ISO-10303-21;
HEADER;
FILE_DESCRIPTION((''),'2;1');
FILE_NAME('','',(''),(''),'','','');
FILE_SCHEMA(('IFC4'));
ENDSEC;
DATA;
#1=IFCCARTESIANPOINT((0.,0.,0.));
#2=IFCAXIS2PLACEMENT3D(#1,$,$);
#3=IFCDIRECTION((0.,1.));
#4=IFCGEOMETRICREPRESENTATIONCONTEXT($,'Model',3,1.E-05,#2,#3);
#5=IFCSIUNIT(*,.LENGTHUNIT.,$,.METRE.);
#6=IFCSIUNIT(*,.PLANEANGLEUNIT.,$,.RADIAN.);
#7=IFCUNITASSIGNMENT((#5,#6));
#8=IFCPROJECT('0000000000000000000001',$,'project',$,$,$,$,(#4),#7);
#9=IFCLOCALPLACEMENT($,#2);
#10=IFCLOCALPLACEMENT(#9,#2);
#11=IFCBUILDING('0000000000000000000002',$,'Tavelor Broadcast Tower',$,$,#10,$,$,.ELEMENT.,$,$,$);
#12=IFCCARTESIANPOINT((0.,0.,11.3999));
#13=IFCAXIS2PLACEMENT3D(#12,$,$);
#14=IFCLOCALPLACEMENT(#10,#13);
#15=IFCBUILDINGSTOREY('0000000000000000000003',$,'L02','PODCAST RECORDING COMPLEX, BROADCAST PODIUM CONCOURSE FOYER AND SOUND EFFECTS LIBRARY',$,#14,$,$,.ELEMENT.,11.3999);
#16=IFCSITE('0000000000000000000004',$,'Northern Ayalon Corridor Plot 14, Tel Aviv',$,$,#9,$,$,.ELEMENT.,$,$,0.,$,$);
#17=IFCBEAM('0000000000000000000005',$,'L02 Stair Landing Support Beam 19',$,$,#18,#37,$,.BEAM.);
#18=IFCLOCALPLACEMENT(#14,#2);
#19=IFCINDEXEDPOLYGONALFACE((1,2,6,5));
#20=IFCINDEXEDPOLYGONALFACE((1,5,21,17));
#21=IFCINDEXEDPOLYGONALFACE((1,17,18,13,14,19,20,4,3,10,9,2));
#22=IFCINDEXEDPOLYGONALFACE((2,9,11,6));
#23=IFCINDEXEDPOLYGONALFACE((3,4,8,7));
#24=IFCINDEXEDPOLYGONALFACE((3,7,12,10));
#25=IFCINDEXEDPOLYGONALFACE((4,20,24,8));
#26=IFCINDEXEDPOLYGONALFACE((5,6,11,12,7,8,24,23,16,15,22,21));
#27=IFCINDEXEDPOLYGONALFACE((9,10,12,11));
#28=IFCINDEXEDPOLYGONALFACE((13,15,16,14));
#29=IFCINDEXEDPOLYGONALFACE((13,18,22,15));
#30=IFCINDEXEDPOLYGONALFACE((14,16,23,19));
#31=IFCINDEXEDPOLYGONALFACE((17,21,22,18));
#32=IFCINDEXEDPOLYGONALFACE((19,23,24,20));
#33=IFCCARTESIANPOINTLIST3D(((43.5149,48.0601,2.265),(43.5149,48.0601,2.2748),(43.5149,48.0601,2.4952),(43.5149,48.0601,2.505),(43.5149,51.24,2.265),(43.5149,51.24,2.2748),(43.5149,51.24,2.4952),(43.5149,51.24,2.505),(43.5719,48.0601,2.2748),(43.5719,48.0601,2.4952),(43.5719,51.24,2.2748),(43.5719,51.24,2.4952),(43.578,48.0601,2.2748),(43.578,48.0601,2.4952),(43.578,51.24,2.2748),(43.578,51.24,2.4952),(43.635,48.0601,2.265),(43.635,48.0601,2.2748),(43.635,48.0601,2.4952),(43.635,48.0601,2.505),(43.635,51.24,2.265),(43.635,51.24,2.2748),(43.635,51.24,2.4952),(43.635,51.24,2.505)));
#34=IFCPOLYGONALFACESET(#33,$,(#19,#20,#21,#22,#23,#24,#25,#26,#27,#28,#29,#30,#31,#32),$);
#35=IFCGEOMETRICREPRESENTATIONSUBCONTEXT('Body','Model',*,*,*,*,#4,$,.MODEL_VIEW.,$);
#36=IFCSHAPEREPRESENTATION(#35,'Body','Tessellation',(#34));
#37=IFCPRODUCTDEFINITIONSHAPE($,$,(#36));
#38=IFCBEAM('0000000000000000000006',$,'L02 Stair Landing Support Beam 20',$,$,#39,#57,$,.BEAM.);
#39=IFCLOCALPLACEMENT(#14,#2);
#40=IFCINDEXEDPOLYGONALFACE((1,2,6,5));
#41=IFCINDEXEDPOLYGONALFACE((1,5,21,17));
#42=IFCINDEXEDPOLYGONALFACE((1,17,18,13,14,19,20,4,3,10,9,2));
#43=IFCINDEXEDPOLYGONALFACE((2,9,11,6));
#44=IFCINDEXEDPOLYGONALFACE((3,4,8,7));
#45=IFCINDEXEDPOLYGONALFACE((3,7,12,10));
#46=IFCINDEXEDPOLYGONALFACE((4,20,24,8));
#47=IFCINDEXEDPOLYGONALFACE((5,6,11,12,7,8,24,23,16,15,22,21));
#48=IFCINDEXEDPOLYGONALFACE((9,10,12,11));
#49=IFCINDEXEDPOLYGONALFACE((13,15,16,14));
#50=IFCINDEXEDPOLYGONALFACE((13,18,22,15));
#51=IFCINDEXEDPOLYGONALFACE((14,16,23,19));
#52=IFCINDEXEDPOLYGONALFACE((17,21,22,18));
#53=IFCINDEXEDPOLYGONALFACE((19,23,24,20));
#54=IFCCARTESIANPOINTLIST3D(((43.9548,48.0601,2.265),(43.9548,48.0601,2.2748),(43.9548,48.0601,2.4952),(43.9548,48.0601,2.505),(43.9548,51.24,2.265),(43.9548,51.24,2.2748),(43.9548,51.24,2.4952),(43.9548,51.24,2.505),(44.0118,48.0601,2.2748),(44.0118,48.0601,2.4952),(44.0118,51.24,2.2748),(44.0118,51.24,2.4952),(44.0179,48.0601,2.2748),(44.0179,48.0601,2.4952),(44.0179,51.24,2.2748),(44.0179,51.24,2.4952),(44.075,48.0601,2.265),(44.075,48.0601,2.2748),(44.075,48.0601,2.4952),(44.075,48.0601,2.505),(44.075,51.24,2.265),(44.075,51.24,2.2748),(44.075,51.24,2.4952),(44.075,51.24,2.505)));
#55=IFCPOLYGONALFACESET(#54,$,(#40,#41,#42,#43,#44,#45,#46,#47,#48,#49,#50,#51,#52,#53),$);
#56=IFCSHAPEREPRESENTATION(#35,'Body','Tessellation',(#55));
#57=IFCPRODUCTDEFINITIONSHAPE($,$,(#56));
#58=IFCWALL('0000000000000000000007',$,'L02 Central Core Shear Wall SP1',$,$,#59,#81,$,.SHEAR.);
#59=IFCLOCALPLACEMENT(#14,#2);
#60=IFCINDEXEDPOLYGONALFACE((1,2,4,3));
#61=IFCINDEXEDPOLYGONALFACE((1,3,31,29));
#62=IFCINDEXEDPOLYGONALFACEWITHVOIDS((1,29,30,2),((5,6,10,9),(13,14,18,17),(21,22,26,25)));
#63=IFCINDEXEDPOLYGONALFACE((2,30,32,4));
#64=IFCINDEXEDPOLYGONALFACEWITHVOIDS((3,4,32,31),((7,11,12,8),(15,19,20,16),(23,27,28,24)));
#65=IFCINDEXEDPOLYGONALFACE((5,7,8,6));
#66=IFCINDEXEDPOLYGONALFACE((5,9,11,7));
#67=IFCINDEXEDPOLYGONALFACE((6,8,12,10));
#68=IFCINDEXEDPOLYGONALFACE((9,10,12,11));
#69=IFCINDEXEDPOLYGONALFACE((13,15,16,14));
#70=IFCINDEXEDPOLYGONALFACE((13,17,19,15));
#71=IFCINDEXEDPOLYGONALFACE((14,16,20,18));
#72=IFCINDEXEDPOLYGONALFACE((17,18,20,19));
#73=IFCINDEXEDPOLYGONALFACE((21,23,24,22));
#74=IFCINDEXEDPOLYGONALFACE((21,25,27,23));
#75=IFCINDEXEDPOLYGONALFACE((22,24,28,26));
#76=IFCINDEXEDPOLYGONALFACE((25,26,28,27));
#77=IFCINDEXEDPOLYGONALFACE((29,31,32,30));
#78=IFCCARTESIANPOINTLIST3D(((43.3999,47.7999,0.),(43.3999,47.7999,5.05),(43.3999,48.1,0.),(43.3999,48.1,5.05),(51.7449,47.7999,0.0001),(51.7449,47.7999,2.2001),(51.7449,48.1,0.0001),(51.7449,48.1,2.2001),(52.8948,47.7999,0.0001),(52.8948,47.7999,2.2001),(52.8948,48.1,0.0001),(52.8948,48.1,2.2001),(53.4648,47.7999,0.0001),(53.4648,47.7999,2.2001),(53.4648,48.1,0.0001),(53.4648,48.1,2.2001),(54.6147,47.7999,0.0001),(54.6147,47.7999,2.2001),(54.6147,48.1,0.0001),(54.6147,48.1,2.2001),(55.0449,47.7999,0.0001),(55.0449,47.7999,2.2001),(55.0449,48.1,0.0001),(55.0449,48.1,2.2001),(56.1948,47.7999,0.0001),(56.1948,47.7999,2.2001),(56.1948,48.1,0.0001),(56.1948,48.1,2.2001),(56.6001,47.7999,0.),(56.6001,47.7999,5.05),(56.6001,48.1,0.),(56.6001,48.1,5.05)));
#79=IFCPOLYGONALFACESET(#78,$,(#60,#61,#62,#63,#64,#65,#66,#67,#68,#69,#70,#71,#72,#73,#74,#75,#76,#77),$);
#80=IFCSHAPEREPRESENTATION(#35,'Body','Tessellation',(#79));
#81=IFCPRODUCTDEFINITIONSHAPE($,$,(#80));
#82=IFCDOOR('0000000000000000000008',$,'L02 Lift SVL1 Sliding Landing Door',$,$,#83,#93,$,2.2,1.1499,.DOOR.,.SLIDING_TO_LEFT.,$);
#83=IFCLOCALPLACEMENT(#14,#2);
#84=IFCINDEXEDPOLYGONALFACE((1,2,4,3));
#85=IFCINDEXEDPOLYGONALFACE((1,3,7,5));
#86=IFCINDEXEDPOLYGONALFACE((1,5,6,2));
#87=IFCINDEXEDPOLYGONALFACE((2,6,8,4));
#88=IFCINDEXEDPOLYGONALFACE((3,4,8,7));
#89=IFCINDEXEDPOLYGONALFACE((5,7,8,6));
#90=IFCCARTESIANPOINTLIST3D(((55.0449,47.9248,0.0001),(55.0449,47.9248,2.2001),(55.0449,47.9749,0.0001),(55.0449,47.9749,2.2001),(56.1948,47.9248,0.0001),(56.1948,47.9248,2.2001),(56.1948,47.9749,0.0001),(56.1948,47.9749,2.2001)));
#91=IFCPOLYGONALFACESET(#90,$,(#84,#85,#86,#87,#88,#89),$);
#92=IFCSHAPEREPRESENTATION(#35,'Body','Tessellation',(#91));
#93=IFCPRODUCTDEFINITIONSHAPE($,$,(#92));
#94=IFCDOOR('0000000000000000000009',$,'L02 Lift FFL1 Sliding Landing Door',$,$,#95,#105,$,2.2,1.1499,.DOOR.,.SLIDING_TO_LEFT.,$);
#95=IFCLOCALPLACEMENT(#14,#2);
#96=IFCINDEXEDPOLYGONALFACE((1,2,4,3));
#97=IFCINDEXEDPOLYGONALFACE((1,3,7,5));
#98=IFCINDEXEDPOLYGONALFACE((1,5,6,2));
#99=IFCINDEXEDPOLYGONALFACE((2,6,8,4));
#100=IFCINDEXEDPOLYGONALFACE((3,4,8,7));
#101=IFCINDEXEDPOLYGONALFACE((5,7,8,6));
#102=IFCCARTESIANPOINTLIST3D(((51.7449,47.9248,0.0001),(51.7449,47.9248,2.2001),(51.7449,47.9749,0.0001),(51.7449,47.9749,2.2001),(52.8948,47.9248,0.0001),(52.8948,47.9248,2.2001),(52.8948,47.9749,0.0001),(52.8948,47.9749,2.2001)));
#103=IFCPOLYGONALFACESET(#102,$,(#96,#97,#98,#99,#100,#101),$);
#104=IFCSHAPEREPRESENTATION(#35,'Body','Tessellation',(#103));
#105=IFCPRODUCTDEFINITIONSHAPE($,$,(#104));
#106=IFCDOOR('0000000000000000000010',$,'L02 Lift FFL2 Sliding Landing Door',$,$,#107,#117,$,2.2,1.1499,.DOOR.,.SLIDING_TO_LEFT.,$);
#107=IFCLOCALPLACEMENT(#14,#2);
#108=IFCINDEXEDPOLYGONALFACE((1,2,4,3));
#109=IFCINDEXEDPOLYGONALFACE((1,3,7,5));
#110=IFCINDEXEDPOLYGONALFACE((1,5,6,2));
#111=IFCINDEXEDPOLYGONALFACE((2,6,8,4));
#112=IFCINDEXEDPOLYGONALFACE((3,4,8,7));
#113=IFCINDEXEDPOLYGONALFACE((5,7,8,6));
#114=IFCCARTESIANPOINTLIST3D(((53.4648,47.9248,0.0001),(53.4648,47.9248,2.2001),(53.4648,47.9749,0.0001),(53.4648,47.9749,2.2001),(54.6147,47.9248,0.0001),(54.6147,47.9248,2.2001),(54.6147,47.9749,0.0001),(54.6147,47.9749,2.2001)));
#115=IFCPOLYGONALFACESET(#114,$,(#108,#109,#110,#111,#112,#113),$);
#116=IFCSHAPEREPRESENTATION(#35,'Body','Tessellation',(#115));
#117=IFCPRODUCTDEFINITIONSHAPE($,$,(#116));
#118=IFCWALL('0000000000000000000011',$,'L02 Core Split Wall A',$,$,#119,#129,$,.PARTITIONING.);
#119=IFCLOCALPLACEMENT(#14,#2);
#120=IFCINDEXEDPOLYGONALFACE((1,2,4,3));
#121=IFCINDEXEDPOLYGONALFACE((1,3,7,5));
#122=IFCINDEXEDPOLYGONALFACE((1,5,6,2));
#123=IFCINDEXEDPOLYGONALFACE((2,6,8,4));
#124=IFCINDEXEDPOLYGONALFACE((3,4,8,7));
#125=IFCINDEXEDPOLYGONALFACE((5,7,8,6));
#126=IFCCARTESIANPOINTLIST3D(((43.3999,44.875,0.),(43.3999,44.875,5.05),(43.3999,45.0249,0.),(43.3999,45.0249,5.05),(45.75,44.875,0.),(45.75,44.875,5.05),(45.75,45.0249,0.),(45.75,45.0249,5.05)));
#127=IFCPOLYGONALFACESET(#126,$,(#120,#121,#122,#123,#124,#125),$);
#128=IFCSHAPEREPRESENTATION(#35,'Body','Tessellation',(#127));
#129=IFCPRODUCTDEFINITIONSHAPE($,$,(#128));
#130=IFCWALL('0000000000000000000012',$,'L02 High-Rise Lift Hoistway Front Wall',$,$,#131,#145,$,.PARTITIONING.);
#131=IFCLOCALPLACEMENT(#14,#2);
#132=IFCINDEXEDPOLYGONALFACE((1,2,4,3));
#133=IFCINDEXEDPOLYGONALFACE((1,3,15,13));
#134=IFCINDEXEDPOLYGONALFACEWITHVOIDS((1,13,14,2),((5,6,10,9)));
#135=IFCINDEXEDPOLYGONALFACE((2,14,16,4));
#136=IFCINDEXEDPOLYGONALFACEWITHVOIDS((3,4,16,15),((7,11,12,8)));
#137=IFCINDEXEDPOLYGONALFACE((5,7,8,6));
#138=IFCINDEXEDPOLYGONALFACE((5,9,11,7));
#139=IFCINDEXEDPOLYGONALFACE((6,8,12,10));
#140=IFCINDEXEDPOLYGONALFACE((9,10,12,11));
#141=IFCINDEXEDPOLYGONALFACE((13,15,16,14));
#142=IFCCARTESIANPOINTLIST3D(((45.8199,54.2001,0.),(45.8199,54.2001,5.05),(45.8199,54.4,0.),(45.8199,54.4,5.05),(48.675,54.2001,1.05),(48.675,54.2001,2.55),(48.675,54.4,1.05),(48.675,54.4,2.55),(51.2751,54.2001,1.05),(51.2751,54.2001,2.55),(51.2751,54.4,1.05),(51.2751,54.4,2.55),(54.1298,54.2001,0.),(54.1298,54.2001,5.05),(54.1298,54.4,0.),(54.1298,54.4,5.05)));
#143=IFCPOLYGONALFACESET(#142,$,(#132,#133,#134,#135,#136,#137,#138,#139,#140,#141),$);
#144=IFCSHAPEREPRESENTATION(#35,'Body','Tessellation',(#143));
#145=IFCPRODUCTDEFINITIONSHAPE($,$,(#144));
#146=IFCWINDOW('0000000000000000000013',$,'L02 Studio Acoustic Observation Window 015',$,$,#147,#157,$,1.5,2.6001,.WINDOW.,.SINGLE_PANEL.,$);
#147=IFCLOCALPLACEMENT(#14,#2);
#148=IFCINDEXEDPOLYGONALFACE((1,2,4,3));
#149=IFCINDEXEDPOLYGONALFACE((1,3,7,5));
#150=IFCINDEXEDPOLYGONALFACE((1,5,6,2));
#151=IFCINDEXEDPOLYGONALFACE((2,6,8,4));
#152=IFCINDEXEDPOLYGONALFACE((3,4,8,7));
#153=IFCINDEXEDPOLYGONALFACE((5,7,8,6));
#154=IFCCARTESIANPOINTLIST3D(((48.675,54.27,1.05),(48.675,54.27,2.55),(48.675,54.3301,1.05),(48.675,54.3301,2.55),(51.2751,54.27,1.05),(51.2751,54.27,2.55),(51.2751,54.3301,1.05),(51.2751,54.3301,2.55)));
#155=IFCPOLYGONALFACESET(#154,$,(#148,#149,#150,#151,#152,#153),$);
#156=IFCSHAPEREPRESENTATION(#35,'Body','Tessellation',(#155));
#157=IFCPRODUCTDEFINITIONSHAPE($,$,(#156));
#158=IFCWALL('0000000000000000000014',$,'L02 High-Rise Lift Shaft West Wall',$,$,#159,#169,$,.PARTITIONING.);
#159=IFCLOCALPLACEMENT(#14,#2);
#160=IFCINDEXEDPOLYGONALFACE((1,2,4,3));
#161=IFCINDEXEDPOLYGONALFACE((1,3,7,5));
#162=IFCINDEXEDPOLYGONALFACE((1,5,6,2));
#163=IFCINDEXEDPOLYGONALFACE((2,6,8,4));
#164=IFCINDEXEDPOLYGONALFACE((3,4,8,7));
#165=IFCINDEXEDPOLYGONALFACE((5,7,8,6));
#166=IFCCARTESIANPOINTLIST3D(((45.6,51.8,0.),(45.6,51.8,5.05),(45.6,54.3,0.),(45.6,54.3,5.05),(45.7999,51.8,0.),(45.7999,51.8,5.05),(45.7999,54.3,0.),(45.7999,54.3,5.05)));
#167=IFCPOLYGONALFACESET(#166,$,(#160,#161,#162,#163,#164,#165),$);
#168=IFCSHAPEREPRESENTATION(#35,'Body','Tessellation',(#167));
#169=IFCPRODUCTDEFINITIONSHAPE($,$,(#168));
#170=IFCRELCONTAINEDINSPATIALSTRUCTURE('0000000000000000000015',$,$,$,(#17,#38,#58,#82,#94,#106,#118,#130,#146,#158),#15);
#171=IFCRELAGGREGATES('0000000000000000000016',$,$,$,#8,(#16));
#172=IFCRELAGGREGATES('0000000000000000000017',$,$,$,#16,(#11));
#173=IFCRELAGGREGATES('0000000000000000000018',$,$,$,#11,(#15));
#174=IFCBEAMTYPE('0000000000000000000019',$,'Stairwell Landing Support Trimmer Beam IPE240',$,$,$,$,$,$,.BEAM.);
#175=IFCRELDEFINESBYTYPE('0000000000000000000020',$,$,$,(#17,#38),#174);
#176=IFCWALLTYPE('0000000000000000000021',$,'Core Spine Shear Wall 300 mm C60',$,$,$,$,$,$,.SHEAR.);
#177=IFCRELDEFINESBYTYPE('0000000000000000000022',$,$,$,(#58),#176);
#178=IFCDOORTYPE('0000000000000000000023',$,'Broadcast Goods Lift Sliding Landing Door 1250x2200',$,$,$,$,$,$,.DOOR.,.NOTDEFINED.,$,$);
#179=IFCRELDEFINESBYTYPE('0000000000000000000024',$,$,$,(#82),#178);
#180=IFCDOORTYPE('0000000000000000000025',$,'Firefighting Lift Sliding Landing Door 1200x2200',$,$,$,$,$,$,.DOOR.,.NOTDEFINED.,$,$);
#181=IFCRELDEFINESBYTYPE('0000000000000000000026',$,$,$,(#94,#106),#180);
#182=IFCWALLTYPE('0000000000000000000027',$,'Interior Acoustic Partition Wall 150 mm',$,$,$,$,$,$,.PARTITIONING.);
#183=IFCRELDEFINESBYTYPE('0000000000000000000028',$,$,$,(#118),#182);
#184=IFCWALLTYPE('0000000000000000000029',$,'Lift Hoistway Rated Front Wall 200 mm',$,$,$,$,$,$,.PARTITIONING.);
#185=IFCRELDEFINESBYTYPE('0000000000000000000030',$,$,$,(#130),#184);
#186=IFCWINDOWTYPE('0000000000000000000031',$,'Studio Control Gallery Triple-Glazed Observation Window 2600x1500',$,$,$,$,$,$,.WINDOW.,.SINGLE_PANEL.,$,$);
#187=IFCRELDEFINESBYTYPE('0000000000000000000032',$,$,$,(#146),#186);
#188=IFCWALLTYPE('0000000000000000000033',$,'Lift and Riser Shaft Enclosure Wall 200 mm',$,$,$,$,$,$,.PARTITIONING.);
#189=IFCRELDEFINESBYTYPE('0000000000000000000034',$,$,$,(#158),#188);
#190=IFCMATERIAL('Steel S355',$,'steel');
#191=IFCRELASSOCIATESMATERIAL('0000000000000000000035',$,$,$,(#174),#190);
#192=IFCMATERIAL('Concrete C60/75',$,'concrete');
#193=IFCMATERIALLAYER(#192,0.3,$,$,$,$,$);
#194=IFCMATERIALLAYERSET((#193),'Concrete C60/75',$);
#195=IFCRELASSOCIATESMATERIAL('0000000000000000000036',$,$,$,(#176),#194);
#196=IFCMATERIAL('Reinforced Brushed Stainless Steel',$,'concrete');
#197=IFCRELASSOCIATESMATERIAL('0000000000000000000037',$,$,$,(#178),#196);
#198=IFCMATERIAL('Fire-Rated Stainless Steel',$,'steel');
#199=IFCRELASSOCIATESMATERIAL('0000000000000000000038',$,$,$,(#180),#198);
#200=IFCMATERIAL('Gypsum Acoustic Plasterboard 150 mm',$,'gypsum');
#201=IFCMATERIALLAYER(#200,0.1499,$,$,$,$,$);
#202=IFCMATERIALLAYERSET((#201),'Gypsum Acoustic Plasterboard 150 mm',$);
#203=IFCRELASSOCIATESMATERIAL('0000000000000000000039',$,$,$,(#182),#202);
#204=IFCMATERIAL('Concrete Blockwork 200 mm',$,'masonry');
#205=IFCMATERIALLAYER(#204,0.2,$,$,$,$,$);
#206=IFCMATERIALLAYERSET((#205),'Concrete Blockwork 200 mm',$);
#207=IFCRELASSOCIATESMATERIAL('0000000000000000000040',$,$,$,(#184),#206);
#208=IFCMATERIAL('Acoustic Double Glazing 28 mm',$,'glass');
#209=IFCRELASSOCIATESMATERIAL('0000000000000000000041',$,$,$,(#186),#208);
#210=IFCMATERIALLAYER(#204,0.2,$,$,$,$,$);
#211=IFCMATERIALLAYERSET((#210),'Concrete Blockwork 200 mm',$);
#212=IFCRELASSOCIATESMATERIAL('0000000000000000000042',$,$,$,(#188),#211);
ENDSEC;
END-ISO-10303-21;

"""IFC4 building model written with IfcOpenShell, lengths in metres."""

from ifc_helpers import new_model, si_unit, direction, frame, frame_2d, origin, origin_2d, place, context, subcontext, project, spatial, rectangle, i_section, extrude, material, layer, layer_set, material_profile, profile_set, type_object, element, fill, save


model = new_model("IFC4")

# Units and contexts
model_context = context("Model", 3, precision=1e-05, world=origin(), true_north=direction((0.0, 1.0)))
body_context = subcontext(model_context, "Body", "Model", "MODEL_VIEW")
ifc_project = project(units=[si_unit("LENGTHUNIT", "METRE"), si_unit("PLANEANGLEUNIT", "RADIAN")], contexts=[model_context])

# Site, building, storey
site_placement = place(None, origin())
site = spatial("IfcSite", under=ifc_project, at=site_placement, Name="Northern Ayalon Corridor Plot 14, Tel Aviv", CompositionType="ELEMENT", RefElevation=0.0)
building_placement = place(site_placement, origin())
building = spatial("IfcBuilding", under=site, at=building_placement, Name="Tavelor Broadcast Tower", CompositionType="ELEMENT")
storey_placement = place(building_placement, frame((0.0, 0.0, 11.3999)))
storey = spatial("IfcBuildingStorey", under=building, at=storey_placement, Name="L02", Description="PODCAST RECORDING COMPLEX, BROADCAST PODIUM CONCOURSE FOYER AND SOUND EFFECTS LIBRARY", CompositionType="ELEMENT", Elevation=11.3999)

# Beams
ifc_material_1 = material(Name="Steel S355", Category="steel")
ifc_material_profile = material_profile(ifc_material_1, i_section(OverallWidth=0.1201, OverallDepth=0.24, WebThickness=0.0061, FlangeThickness=0.0098, at=origin_2d()), Name="IPE 240")
ifc_profile_set = profile_set([ifc_material_profile], Name="Steel S355")
beam_type = type_object("IfcBeamType", Name="Stairwell Landing Support Trimmer Beam IPE240", PredefinedType="BEAM", material=ifc_profile_set)
for number, where, z_axis, x_axis, name in (
    (1, (43.575, 48.0601, 2.385), (0.0, 1.0, 0.0), (-1.0, 0.0, 0.0), "L02 Stair Landing Support Beam 19"),
    (2, (44.0149, 48.0601, 2.385), (0.0, 1.0, 0.0), (-1.0, 0.0, 0.0), "L02 Stair Landing Support Beam 20"),
):
    element("IfcBeam", number, at=place(storey_placement, frame(where, z_axis=z_axis, x_axis=x_axis)), inside=storey, type_object=beam_type, Name=name, PredefinedType="BEAM", context=body_context, shape_type="SweptSolid", body=[
        extrude(i_section(OverallWidth=0.1201, OverallDepth=0.24, WebThickness=0.0061, FlangeThickness=0.0098, at=origin_2d()), origin(), (0.0, 0.0, 1.0), 3.1799),
    ])

# Wall, openings, doors
ifc_material_2 = material(Name="Concrete C60/75", Category="concrete")
ifc_layer_1 = layer(ifc_material_2, 0.3)
ifc_layer_set_1 = layer_set([ifc_layer_1], Name="Concrete C60/75")
wall_type_1 = type_object("IfcWallType", Name="Core Spine Shear Wall 300 mm C60", PredefinedType="SHEAR", material=ifc_layer_set_1)
wall_1_placement = place(storey_placement, frame((43.3999, 47.95, 0.0), z_axis=(0.0, 0.0, 1.0), x_axis=(1.0, 0.0, 0.0)))
wall_1 = element("IfcWall", 3, at=wall_1_placement, inside=storey, type_object=wall_type_1, Name="L02 Central Core Shear Wall SP1", PredefinedType="SHEAR", context=body_context, shape_type="SweptSolid", body=[
    extrude(rectangle(XDim=13.2002, YDim=0.3, at=frame_2d((6.6001, 0.0))), origin(), (0.0, 0.0, 1.0), 5.05),
])
opening_1_placement = place(wall_1_placement, frame((8.345, 0.0, 0.0)))
opening_1 = element("IfcOpeningElement", 4, at=opening_1_placement, cuts=wall_1, PredefinedType="OPENING", context=body_context, shape_type="SweptSolid", body=[
    extrude(rectangle(XDim=1.1499, YDim=2.2, at=frame_2d((0.575, 1.1001))), frame((0.0, 0.1602, 0.0), z_axis=(0.0, -1.0, 0.0), x_axis=(1.0, 0.0, 0.0)), (0.0, 0.0, 1.0), 0.3201),
])
opening_2_placement = place(wall_1_placement, frame((10.0649, 0.0, 0.0)))
opening_2 = element("IfcOpeningElement", 5, at=opening_2_placement, cuts=wall_1, PredefinedType="OPENING", context=body_context, shape_type="SweptSolid", body=[
    extrude(rectangle(XDim=1.1499, YDim=2.2, at=frame_2d((0.575, 1.1001))), frame((0.0, 0.1602, 0.0), z_axis=(0.0, -1.0, 0.0), x_axis=(1.0, 0.0, 0.0)), (0.0, 0.0, 1.0), 0.3201),
])
opening_3_placement = place(wall_1_placement, frame((11.645, 0.0, 0.0)))
opening_3 = element("IfcOpeningElement", 6, at=opening_3_placement, cuts=wall_1, PredefinedType="OPENING", context=body_context, shape_type="SweptSolid", body=[
    extrude(rectangle(XDim=1.1499, YDim=2.2, at=frame_2d((0.575, 1.1001))), frame((0.0, 0.1602, 0.0), z_axis=(0.0, -1.0, 0.0), x_axis=(1.0, 0.0, 0.0)), (0.0, 0.0, 1.0), 0.3201),
])
ifc_material_3 = material(Name="Reinforced Brushed Stainless Steel", Category="concrete")
door_type_1 = type_object("IfcDoorType", Name="Broadcast Goods Lift Sliding Landing Door 1250x2200", OperationType="NOTDEFINED", PredefinedType="DOOR", material=ifc_material_3)
door_1_placement = place(opening_3_placement, origin())
door_1 = element("IfcDoor", 7, at=door_1_placement, inside=storey, type_object=door_type_1, Name="L02 Lift SVL1 Sliding Landing Door", OperationType="SLIDING_TO_LEFT", OverallHeight=2.2, OverallWidth=1.1499, PredefinedType="DOOR", context=body_context, shape_type="SweptSolid", body=[
    extrude(rectangle(XDim=1.1499, YDim=2.2, at=frame_2d((0.575, 1.1001))), frame((0.0, 0.0249, 0.0), z_axis=(0.0, -1.0, 0.0), x_axis=(1.0, 0.0, 0.0)), (0.0, 0.0, 1.0), 0.05),
])
fill(opening_3, door_1)
ifc_material_4 = material(Name="Fire-Rated Stainless Steel", Category="steel")
door_type_2 = type_object("IfcDoorType", Name="Firefighting Lift Sliding Landing Door 1200x2200", OperationType="NOTDEFINED", PredefinedType="DOOR", material=ifc_material_4)
door_2_placement = place(opening_1_placement, origin())
door_2 = element("IfcDoor", 8, at=door_2_placement, inside=storey, type_object=door_type_2, Name="L02 Lift FFL1 Sliding Landing Door", OperationType="SLIDING_TO_LEFT", OverallHeight=2.2, OverallWidth=1.1499, PredefinedType="DOOR", context=body_context, shape_type="SweptSolid", body=[
    extrude(rectangle(XDim=1.1499, YDim=2.2, at=frame_2d((0.575, 1.1001))), frame((0.0, 0.0249, 0.0), z_axis=(0.0, -1.0, 0.0), x_axis=(1.0, 0.0, 0.0)), (0.0, 0.0, 1.0), 0.05),
])
fill(opening_1, door_2)
door_3_placement = place(opening_2_placement, origin())
door_3 = element("IfcDoor", 9, at=door_3_placement, inside=storey, type_object=door_type_2, Name="L02 Lift FFL2 Sliding Landing Door", OperationType="SLIDING_TO_LEFT", OverallHeight=2.2, OverallWidth=1.1499, PredefinedType="DOOR", context=body_context, shape_type="SweptSolid", body=[
    extrude(rectangle(XDim=1.1499, YDim=2.2, at=frame_2d((0.575, 1.1001))), frame((0.0, 0.0249, 0.0), z_axis=(0.0, -1.0, 0.0), x_axis=(1.0, 0.0, 0.0)), (0.0, 0.0, 1.0), 0.05),
])
fill(opening_2, door_3)

# Wall
ifc_material_5 = material(Name="Gypsum Acoustic Plasterboard 150 mm", Category="gypsum")
ifc_layer_2 = layer(ifc_material_5, 0.1499)
ifc_layer_set_2 = layer_set([ifc_layer_2], Name="Gypsum Acoustic Plasterboard 150 mm")
wall_type_2 = type_object("IfcWallType", Name="Interior Acoustic Partition Wall 150 mm", PredefinedType="PARTITIONING", material=ifc_layer_set_2)
wall_2_placement = place(storey_placement, frame((43.3999, 44.95, 0.0), z_axis=(0.0, 0.0, 1.0), x_axis=(1.0, 0.0, 0.0)))
element("IfcWall", 10, at=wall_2_placement, inside=storey, type_object=wall_type_2, Name="L02 Core Split Wall A", PredefinedType="PARTITIONING", context=body_context, shape_type="SweptSolid", body=[
    extrude(rectangle(XDim=2.3501, YDim=0.1499, at=frame_2d((1.175, 0.0))), origin(), (0.0, 0.0, 1.0), 5.05),
])

# Wall, opening, window
ifc_material_6 = material(Name="Concrete Blockwork 200 mm", Category="masonry")
ifc_layer_3 = layer(ifc_material_6, 0.2)
ifc_layer_set_3 = layer_set([ifc_layer_3], Name="Concrete Blockwork 200 mm")
wall_type_3 = type_object("IfcWallType", Name="Lift Hoistway Rated Front Wall 200 mm", PredefinedType="PARTITIONING", material=ifc_layer_set_3)
wall_3_placement = place(storey_placement, frame((45.8201, 54.3, 0.0), z_axis=(0.0, 0.0, 1.0), x_axis=(1.0, 0.0, 0.0)))
wall_3 = element("IfcWall", 11, at=wall_3_placement, inside=storey, type_object=wall_type_3, Name="L02 High-Rise Lift Hoistway Front Wall", PredefinedType="PARTITIONING", context=body_context, shape_type="SweptSolid", body=[
    extrude(rectangle(XDim=8.3098, YDim=0.2, at=frame_2d((4.1548, 0.0))), origin(), (0.0, 0.0, 1.0), 5.05),
])
opening_4_placement = place(wall_3_placement, frame((2.855, 0.0, 1.05)))
opening_4 = element("IfcOpeningElement", 12, at=opening_4_placement, cuts=wall_3, PredefinedType="OPENING", context=body_context, shape_type="SweptSolid", body=[
    extrude(rectangle(XDim=2.6001, YDim=1.5, at=frame_2d((1.3, 0.75))), frame((0.0, 0.1099, 0.0), z_axis=(0.0, -1.0, 0.0), x_axis=(1.0, 0.0, 0.0)), (0.0, 0.0, 1.0), 0.22),
])
ifc_material_7 = material(Name="Acoustic Double Glazing 28 mm", Category="glass")
window_type = type_object("IfcWindowType", Name="Studio Control Gallery Triple-Glazed Observation Window 2600x1500", PartitioningType="SINGLE_PANEL", PredefinedType="WINDOW", material=ifc_material_7)
window_placement = place(opening_4_placement, origin())
window = element("IfcWindow", 13, at=window_placement, inside=storey, type_object=window_type, Name="L02 Studio Acoustic Observation Window 015", OverallHeight=1.5, OverallWidth=2.6001, PartitioningType="SINGLE_PANEL", PredefinedType="WINDOW", context=body_context, shape_type="SweptSolid", body=[
    extrude(rectangle(XDim=2.6001, YDim=1.5, at=frame_2d((1.3, 0.75))), frame((0.0, 0.03, 0.0), z_axis=(0.0, -1.0, 0.0), x_axis=(1.0, 0.0, 0.0)), (0.0, 0.0, 1.0), 0.0601),
])
fill(opening_4, window)

# Wall
ifc_layer_4 = layer(ifc_material_6, 0.2)
ifc_layer_set_4 = layer_set([ifc_layer_4], Name="Concrete Blockwork 200 mm")
wall_type_4 = type_object("IfcWallType", Name="Lift and Riser Shaft Enclosure Wall 200 mm", PredefinedType="PARTITIONING", material=ifc_layer_set_4)
wall_4_placement = place(storey_placement, frame((45.7, 51.8, 0.0), z_axis=(0.0, 0.0, 1.0), x_axis=(0.0, 1.0, 0.0)))
element("IfcWall", 14, at=wall_4_placement, inside=storey, type_object=wall_type_4, Name="L02 High-Rise Lift Shaft West Wall", PredefinedType="PARTITIONING", context=body_context, shape_type="SweptSolid", body=[
    extrude(rectangle(XDim=2.5, YDim=0.2, at=frame_2d((1.25, 0.0))), origin(), (0.0, 0.0, 1.0), 5.05),
])

save(model, "model.ifc")
